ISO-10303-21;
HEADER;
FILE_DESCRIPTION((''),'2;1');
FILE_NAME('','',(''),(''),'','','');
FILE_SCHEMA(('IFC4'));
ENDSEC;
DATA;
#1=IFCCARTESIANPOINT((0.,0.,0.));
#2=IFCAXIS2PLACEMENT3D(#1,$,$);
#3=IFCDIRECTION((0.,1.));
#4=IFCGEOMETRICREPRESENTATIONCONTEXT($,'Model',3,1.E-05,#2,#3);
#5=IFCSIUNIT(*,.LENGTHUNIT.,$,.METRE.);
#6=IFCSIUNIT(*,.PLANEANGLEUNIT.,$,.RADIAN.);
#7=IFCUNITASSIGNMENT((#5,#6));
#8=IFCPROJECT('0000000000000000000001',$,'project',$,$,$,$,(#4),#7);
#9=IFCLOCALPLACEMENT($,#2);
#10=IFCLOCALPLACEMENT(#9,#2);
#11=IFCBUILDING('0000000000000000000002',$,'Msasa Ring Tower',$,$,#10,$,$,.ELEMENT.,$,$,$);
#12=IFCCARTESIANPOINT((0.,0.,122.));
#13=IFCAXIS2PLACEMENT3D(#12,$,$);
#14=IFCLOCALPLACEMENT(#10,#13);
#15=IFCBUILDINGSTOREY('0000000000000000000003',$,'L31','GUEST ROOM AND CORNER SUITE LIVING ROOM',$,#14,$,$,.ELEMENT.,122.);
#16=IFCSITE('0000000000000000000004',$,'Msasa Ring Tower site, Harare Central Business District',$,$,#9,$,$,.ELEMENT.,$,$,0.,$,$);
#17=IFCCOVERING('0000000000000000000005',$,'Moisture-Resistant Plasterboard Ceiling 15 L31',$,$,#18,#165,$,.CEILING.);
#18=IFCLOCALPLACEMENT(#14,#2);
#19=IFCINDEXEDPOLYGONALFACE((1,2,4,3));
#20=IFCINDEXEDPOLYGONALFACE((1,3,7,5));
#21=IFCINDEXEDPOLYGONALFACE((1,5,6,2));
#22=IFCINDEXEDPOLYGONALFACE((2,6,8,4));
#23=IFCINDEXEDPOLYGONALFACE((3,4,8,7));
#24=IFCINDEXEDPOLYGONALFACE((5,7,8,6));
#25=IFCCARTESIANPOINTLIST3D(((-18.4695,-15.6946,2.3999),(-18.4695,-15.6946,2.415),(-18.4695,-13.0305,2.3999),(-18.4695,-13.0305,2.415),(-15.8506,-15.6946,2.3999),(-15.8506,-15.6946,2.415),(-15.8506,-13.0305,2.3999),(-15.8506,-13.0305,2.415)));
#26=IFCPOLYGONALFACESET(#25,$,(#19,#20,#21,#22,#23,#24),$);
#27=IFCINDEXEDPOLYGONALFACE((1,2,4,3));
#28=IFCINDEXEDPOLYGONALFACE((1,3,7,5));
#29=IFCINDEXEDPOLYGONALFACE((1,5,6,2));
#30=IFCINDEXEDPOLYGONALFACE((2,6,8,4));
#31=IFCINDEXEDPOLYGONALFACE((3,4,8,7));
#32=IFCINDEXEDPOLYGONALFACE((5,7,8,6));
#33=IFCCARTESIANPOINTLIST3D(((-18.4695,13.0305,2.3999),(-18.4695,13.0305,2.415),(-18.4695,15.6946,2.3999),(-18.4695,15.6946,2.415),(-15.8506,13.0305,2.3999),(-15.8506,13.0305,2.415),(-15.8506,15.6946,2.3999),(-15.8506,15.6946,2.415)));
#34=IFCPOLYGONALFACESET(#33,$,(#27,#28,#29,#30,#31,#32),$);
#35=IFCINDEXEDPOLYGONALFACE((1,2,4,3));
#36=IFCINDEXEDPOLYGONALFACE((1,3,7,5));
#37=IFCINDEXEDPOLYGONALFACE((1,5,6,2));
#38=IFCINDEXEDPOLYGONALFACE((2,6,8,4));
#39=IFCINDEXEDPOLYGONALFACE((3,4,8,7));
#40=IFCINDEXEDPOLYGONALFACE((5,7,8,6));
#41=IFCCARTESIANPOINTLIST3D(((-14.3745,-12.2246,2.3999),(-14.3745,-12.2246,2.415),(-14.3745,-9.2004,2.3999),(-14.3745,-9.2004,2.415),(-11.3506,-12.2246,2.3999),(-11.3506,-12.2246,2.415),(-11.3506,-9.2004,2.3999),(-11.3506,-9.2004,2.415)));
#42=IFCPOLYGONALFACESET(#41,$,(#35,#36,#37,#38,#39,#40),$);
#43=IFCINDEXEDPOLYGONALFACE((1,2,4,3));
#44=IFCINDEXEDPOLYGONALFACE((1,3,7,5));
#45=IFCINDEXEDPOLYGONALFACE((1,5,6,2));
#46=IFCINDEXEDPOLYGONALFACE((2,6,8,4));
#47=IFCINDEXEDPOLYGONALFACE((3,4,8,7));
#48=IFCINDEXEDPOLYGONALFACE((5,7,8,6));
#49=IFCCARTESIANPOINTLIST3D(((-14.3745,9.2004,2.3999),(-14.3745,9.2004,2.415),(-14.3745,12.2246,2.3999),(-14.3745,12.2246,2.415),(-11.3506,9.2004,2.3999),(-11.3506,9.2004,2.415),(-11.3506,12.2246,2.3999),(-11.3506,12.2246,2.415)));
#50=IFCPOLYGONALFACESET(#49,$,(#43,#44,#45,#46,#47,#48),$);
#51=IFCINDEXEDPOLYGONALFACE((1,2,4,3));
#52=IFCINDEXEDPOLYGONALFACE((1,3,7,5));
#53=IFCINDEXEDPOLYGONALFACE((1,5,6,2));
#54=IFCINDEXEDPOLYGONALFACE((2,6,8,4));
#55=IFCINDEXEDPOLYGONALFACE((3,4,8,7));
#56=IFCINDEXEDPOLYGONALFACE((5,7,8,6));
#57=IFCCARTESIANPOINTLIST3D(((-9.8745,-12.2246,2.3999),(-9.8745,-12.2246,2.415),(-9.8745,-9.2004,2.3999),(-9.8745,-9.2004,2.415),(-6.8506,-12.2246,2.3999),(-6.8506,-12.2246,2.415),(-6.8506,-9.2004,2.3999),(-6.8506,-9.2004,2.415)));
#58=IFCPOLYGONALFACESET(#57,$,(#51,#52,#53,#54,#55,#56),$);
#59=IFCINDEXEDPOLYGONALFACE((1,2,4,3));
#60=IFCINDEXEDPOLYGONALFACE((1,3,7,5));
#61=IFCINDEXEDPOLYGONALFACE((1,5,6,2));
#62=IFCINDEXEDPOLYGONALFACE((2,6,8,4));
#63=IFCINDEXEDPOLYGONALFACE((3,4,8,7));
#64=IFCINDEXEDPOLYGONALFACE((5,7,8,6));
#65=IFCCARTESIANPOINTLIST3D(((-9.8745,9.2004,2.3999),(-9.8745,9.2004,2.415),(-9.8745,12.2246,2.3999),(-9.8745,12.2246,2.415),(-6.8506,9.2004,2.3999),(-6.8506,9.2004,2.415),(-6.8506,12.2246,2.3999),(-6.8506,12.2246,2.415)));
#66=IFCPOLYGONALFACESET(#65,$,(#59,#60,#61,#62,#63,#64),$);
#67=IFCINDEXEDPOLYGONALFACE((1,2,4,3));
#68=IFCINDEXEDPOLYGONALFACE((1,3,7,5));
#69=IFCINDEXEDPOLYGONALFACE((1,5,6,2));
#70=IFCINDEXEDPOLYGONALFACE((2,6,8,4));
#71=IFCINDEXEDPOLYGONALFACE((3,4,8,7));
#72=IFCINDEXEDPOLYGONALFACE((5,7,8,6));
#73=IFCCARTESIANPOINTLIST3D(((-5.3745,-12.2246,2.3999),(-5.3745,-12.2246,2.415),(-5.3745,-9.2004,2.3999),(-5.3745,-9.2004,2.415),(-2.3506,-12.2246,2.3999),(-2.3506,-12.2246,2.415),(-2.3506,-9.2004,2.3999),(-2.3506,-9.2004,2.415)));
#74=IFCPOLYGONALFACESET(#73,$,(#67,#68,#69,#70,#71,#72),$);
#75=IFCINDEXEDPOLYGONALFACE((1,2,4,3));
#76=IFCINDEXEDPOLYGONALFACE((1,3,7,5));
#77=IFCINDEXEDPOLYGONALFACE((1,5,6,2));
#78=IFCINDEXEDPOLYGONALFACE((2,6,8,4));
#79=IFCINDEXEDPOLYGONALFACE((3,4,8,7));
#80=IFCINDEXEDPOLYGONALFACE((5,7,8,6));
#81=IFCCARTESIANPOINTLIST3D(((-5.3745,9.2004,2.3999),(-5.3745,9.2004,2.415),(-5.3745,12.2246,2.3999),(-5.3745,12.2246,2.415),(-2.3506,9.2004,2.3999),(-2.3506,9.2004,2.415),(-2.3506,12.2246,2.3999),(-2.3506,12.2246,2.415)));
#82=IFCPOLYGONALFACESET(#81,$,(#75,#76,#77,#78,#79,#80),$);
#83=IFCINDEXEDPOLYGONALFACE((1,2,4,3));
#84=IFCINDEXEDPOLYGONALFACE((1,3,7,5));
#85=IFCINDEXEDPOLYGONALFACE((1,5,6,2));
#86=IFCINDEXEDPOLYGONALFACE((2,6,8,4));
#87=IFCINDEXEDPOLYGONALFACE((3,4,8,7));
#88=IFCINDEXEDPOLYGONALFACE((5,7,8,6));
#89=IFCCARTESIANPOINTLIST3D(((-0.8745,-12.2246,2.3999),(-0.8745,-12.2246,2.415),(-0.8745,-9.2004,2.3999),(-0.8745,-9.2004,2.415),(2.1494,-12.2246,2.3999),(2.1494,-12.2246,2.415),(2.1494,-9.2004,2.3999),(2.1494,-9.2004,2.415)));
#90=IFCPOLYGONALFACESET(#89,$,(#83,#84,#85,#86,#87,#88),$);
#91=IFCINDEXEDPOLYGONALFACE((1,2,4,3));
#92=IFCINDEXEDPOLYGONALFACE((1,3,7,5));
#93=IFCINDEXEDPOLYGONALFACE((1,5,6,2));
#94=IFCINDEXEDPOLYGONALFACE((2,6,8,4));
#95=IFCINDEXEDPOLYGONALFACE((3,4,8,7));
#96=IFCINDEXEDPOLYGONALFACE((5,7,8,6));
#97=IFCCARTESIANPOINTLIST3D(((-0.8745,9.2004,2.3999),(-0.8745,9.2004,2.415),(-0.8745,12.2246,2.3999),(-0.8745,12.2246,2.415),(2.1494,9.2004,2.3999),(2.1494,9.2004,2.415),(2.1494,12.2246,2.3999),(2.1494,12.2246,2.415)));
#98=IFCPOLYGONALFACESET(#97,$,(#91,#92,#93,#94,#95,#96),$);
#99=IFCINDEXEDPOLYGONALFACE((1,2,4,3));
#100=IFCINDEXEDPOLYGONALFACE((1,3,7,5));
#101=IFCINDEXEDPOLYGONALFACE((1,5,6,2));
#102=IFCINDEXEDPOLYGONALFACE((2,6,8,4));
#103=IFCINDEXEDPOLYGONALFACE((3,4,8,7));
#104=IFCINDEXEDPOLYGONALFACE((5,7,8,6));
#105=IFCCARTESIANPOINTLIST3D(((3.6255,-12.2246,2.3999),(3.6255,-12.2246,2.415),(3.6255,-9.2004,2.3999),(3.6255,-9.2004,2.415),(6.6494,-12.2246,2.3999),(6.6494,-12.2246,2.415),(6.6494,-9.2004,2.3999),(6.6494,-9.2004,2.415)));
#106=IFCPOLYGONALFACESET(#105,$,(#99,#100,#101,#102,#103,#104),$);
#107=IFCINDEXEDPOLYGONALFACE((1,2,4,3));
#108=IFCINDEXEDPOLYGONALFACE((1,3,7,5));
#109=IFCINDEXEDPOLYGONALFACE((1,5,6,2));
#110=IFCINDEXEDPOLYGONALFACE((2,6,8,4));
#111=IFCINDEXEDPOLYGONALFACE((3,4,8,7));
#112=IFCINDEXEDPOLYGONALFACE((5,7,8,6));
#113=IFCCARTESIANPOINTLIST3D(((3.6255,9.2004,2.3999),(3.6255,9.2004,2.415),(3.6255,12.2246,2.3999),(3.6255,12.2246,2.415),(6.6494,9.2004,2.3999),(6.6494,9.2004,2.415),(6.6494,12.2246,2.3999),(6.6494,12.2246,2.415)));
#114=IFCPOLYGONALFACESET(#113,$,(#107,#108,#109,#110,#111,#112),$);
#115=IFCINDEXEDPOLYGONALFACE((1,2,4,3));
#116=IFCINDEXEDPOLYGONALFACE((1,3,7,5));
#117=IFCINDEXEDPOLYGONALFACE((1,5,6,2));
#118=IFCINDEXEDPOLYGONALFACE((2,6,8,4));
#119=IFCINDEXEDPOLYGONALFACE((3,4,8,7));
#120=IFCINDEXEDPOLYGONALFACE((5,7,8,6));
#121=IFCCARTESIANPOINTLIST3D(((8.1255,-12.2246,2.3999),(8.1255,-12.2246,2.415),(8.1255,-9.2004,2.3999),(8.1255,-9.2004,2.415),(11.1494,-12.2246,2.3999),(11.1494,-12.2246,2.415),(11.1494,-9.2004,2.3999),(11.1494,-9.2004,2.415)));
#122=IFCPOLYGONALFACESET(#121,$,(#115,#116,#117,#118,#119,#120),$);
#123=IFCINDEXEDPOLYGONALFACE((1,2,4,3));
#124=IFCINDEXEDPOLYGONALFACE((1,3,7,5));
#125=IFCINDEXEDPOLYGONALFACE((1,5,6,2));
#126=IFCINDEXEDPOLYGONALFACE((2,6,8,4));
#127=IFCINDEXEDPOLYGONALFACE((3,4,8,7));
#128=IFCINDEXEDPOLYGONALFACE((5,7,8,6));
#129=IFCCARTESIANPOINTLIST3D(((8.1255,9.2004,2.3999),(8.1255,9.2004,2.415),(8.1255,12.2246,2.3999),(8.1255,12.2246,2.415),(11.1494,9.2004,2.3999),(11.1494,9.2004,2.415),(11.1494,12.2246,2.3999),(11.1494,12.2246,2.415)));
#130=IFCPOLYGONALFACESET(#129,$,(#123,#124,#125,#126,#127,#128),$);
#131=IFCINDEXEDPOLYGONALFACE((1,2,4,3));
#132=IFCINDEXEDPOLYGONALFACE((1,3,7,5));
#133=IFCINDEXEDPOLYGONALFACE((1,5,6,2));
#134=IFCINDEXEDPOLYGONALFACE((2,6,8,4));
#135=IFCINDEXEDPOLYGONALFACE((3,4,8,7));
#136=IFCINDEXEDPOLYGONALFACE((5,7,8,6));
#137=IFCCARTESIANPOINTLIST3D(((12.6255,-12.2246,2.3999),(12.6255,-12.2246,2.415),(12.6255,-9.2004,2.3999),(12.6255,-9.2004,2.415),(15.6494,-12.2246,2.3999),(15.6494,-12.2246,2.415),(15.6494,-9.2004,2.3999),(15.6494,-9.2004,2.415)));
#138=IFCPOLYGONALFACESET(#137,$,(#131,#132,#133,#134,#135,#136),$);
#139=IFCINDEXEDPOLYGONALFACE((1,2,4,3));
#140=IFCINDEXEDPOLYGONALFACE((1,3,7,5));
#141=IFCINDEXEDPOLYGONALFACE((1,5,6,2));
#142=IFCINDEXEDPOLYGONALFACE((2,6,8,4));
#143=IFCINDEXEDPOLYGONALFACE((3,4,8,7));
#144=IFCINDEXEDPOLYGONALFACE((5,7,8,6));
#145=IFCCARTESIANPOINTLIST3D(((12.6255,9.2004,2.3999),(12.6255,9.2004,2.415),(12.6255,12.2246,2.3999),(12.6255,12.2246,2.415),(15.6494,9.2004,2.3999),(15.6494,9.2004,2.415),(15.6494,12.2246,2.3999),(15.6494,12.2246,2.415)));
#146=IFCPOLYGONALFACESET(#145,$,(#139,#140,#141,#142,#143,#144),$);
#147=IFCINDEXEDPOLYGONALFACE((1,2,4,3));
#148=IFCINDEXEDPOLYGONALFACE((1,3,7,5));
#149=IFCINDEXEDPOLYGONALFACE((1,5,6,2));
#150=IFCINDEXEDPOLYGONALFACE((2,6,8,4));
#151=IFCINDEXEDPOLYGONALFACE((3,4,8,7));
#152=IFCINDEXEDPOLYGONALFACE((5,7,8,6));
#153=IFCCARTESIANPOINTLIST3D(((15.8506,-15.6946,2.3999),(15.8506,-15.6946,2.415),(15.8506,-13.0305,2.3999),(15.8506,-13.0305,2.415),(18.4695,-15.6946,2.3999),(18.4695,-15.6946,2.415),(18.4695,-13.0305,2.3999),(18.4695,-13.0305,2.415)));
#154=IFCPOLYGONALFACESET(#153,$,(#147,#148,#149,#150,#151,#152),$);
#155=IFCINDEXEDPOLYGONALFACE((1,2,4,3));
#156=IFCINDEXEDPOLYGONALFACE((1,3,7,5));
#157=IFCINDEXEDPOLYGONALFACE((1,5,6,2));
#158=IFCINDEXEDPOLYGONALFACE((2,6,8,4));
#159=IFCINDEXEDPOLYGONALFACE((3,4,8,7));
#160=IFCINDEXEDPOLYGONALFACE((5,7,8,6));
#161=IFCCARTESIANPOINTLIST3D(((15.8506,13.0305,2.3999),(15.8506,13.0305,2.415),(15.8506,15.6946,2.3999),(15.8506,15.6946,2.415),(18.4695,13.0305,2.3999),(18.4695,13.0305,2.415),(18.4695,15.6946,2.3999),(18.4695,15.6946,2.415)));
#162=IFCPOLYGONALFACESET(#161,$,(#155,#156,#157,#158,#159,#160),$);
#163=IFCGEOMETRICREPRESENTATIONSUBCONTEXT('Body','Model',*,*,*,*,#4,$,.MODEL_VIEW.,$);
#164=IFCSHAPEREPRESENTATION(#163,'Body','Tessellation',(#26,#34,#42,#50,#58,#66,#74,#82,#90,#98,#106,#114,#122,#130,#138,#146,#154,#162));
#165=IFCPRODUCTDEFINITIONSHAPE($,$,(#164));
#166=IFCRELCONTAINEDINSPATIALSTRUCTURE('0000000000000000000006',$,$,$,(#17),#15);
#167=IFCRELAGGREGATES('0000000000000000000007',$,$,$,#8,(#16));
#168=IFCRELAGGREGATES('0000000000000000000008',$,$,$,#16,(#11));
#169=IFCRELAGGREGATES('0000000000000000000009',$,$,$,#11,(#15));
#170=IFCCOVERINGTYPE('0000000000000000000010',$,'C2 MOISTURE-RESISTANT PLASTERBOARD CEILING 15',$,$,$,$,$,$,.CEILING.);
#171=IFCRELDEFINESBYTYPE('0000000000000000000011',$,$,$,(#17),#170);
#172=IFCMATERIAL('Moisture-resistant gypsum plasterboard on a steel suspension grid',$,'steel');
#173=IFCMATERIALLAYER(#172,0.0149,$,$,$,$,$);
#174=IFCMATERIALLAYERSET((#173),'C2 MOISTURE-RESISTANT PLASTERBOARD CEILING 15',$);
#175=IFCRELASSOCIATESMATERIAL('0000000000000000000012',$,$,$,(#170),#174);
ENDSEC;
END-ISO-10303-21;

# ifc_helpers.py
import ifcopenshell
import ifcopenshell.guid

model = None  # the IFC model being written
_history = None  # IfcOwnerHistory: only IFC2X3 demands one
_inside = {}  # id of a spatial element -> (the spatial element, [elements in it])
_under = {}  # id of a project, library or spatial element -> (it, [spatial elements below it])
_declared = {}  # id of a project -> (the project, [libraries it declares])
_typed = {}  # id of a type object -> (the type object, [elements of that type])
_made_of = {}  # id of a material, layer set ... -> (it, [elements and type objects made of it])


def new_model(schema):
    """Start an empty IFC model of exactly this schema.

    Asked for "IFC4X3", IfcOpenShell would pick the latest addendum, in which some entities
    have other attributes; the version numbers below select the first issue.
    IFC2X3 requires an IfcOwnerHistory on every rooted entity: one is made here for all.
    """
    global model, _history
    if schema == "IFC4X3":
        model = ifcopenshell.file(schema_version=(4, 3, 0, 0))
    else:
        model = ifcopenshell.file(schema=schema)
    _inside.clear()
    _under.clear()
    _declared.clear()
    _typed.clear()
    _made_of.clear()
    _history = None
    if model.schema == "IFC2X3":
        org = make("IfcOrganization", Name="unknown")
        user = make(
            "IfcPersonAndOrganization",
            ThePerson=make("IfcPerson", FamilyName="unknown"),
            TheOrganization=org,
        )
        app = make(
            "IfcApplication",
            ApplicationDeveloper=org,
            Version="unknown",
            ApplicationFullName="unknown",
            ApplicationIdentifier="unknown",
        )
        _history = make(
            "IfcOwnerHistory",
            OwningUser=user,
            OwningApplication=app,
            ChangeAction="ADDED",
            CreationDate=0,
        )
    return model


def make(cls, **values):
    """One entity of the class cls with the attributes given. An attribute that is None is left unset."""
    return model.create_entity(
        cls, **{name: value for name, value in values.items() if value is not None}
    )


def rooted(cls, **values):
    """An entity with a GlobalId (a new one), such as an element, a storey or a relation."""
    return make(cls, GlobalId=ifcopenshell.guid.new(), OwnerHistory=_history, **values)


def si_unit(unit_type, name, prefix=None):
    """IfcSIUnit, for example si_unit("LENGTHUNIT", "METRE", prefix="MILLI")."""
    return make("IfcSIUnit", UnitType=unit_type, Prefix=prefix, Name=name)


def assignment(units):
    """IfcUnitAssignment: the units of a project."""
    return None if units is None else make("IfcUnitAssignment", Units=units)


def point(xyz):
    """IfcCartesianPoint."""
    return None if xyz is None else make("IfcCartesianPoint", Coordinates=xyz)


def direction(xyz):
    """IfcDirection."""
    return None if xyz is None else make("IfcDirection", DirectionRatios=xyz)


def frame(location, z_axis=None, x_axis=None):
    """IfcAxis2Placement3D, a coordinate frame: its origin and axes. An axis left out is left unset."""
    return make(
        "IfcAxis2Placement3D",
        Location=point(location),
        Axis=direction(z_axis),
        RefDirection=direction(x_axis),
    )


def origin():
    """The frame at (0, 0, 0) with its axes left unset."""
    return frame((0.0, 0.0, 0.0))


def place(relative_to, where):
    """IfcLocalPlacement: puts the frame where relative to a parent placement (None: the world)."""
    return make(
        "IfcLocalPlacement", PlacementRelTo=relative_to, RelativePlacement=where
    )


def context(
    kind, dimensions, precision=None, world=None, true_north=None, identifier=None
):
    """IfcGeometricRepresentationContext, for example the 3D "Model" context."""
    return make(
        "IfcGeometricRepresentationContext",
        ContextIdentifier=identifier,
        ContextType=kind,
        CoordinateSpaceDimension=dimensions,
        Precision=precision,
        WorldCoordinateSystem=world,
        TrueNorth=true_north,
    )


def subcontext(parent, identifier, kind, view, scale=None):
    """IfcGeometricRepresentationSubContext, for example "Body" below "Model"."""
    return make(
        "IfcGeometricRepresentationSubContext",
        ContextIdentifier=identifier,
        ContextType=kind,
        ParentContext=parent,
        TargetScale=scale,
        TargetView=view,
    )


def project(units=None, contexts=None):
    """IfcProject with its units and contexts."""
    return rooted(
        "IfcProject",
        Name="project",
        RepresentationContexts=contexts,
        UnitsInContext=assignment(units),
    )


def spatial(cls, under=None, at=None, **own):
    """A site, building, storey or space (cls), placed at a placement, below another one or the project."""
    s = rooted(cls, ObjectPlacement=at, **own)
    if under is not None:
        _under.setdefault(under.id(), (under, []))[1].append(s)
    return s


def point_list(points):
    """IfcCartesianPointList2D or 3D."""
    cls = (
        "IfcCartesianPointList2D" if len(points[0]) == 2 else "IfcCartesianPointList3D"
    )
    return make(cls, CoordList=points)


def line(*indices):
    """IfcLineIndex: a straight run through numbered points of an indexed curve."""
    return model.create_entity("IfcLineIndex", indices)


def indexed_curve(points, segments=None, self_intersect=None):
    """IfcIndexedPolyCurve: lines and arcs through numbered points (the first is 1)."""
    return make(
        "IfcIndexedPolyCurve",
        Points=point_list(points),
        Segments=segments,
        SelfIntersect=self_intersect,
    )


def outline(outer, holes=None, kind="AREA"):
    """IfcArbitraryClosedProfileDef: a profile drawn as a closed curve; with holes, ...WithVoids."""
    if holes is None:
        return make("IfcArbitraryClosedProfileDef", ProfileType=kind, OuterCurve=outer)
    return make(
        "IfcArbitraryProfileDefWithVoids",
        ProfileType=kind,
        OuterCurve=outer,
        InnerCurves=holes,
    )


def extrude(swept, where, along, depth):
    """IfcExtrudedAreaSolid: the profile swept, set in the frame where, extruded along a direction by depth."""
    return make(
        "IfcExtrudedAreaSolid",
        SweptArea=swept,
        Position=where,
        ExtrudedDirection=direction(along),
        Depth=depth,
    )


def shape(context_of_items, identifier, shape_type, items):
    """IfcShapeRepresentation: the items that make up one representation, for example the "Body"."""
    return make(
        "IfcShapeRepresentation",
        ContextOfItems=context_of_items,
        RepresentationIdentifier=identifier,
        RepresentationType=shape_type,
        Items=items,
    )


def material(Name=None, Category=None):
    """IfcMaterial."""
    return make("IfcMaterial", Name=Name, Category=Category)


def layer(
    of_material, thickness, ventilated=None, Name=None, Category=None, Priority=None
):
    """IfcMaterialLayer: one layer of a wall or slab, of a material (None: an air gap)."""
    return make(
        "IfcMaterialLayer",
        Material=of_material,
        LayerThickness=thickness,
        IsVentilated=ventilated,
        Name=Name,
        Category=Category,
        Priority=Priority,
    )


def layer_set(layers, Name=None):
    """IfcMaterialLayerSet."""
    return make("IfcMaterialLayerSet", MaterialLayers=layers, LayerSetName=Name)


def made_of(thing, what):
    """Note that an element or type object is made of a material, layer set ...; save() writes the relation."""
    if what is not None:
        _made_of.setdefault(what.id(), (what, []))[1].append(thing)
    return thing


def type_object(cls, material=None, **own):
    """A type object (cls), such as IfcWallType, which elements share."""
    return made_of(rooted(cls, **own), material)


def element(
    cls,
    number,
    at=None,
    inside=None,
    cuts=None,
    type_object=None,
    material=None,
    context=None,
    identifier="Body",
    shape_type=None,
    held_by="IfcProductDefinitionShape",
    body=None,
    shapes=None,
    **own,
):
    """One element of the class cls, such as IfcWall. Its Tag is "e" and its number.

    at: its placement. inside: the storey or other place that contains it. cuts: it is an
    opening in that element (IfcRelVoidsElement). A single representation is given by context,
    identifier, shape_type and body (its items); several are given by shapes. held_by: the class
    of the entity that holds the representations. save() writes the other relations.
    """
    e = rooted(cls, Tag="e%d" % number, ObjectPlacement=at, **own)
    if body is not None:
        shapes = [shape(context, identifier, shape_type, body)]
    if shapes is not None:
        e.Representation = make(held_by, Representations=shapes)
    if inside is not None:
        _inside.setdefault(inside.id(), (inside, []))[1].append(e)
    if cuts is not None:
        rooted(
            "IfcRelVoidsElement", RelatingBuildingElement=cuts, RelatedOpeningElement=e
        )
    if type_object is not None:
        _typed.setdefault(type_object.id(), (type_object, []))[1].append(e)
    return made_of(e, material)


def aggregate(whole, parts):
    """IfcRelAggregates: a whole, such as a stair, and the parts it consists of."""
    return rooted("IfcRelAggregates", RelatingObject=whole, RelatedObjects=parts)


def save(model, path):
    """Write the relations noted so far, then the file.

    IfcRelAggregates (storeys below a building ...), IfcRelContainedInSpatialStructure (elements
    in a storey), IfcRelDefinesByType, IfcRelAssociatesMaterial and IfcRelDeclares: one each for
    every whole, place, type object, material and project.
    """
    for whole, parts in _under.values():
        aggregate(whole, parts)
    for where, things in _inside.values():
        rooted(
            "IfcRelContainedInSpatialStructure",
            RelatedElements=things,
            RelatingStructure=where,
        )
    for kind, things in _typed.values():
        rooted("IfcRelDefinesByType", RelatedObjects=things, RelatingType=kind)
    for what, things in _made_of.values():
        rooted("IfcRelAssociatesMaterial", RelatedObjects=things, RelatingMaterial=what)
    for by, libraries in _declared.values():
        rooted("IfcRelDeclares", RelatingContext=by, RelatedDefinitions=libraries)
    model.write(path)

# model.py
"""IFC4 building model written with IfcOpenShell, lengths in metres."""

from ifc_helpers import new_model, si_unit, direction, frame, origin, place, context, subcontext, project, spatial, line, indexed_curve, outline, extrude, material, layer, layer_set, type_object, element, save


model = new_model("IFC4")

# Units and contexts
model_context = context("Model", 3, precision=1e-05, world=origin(), true_north=direction((0.0, 1.0)))
body_context = subcontext(model_context, "Body", "Model", "MODEL_VIEW")
ifc_project = project(units=[si_unit("LENGTHUNIT", "METRE"), si_unit("PLANEANGLEUNIT", "RADIAN")], contexts=[model_context])

# Site, building, storey
site_placement = place(None, origin())
site = spatial("IfcSite", under=ifc_project, at=site_placement, Name="Msasa Ring Tower site, Harare Central Business District", CompositionType="ELEMENT", RefElevation=0.0)
building_placement = place(site_placement, origin())
building = spatial("IfcBuilding", under=site, at=building_placement, Name="Msasa Ring Tower", CompositionType="ELEMENT")
storey_placement = place(building_placement, frame((0.0, 0.0, 122.0)))
storey = spatial("IfcBuildingStorey", under=building, at=storey_placement, Name="L31", Description="GUEST ROOM AND CORNER SUITE LIVING ROOM", CompositionType="ELEMENT", Elevation=122.0)

# Covering
ifc_material_1 = material(Name="Moisture-resistant gypsum plasterboard on a steel suspension grid", Category="steel")
ifc_layer_1 = layer(ifc_material_1, 0.0149)
ifc_layer_set_1 = layer_set([ifc_layer_1], Name="C2 MOISTURE-RESISTANT PLASTERBOARD CEILING 15")
covering_type_1 = type_object("IfcCoveringType", Name="C2 MOISTURE-RESISTANT PLASTERBOARD CEILING 15", PredefinedType="CEILING", material=ifc_layer_set_1)
covering_1_placement = place(storey_placement, frame((0.0, 0.0, 2.3999)))
element("IfcCovering", 1, at=covering_1_placement, inside=storey, type_object=covering_type_1, Name="Moisture-Resistant Plasterboard Ceiling 15 L31", PredefinedType="CEILING", context=body_context, shape_type="SweptSolid", body=[
    extrude(outline(indexed_curve([(-18.4695, -13.0305), (-15.8506, -13.0305), (-15.8506, -15.6946), (-18.4695, -15.6946)], segments=[line(1, 2, 3, 4, 1)], self_intersect=False)), origin(), (0.0, 0.0, 1.0), 0.0151),
    extrude(outline(indexed_curve([(-15.8506, 15.6946), (-15.8506, 13.0305), (-18.4695, 13.0305), (-18.4695, 15.6946)], segments=[line(1, 2, 3, 4, 1)], self_intersect=False)), origin(), (0.0, 0.0, 1.0), 0.0151),
    extrude(outline(indexed_curve([(-11.3506, -9.2004), (-11.3506, -12.2246), (-14.3745, -12.2246), (-14.3745, -9.2004)], segments=[line(1, 2, 3, 4, 1)], self_intersect=False)), origin(), (0.0, 0.0, 1.0), 0.0151),
    extrude(outline(indexed_curve([(-11.3506, 9.2004), (-14.3745, 9.2004), (-14.3745, 12.2246), (-11.3506, 12.2246)], segments=[line(1, 2, 3, 4, 1)], self_intersect=False)), origin(), (0.0, 0.0, 1.0), 0.0151),
    extrude(outline(indexed_curve([(-6.8506, -9.2004), (-6.8506, -12.2246), (-9.8745, -12.2246), (-9.8745, -9.2004)], segments=[line(1, 2, 3, 4, 1)], self_intersect=False)), origin(), (0.0, 0.0, 1.0), 0.0151),
    extrude(outline(indexed_curve([(-6.8506, 9.2004), (-9.8745, 9.2004), (-9.8745, 12.2246), (-6.8506, 12.2246)], segments=[line(1, 2, 3, 4, 1)], self_intersect=False)), origin(), (0.0, 0.0, 1.0), 0.0151),
    extrude(outline(indexed_curve([(-2.3506, -9.2004), (-2.3506, -12.2246), (-5.3745, -12.2246), (-5.3745, -9.2004)], segments=[line(1, 2, 3, 4, 1)], self_intersect=False)), origin(), (0.0, 0.0, 1.0), 0.0151),
    extrude(outline(indexed_curve([(-2.3506, 9.2004), (-5.3745, 9.2004), (-5.3745, 12.2246), (-2.3506, 12.2246)], segments=[line(1, 2, 3, 4, 1)], self_intersect=False)), origin(), (0.0, 0.0, 1.0), 0.0151),
    extrude(outline(indexed_curve([(2.1494, -9.2004), (2.1494, -12.2246), (-0.8745, -12.2246), (-0.8745, -9.2004)], segments=[line(1, 2, 3, 4, 1)], self_intersect=False)), origin(), (0.0, 0.0, 1.0), 0.0151),
    extrude(outline(indexed_curve([(2.1494, 9.2004), (-0.8745, 9.2004), (-0.8745, 12.2246), (2.1494, 12.2246)], segments=[line(1, 2, 3, 4, 1)], self_intersect=False)), origin(), (0.0, 0.0, 1.0), 0.0151),
    extrude(outline(indexed_curve([(6.6494, -9.2004), (6.6494, -12.2246), (3.6255, -12.2246), (3.6255, -9.2004)], segments=[line(1, 2, 3, 4, 1)], self_intersect=False)), origin(), (0.0, 0.0, 1.0), 0.0151),
    extrude(outline(indexed_curve([(6.6494, 9.2004), (3.6255, 9.2004), (3.6255, 12.2246), (6.6494, 12.2246)], segments=[line(1, 2, 3, 4, 1)], self_intersect=False)), origin(), (0.0, 0.0, 1.0), 0.0151),
    extrude(outline(indexed_curve([(11.1494, -9.2004), (11.1494, -12.2246), (8.1255, -12.2246), (8.1255, -9.2004)], segments=[line(1, 2, 3, 4, 1)], self_intersect=False)), origin(), (0.0, 0.0, 1.0), 0.0151),
    extrude(outline(indexed_curve([(11.1494, 9.2004), (8.1255, 9.2004), (8.1255, 12.2246), (11.1494, 12.2246)], segments=[line(1, 2, 3, 4, 1)], self_intersect=False)), origin(), (0.0, 0.0, 1.0), 0.0151),
    extrude(outline(indexed_curve([(15.6494, -9.2004), (15.6494, -12.2246), (12.6255, -12.2246), (12.6255, -9.2004)], segments=[line(1, 2, 3, 4, 1)], self_intersect=False)), origin(), (0.0, 0.0, 1.0), 0.0151),
    extrude(outline(indexed_curve([(15.6494, 9.2004), (12.6255, 9.2004), (12.6255, 12.2246), (15.6494, 12.2246)], segments=[line(1, 2, 3, 4, 1)], self_intersect=False)), origin(), (0.0, 0.0, 1.0), 0.0151),
    extrude(outline(indexed_curve([(15.8506, -13.0305), (18.4695, -13.0305), (18.4695, -15.6946), (15.8506, -15.6946)], segments=[line(1, 2, 3, 4, 1)], self_intersect=False)), origin(), (0.0, 0.0, 1.0), 0.0151),
    extrude(outline(indexed_curve([(18.4695, 15.6946), (18.4695, 13.0305), (15.8506, 13.0305), (15.8506, 15.6946)], segments=[line(1, 2, 3, 4, 1)], self_intersect=False)), origin(), (0.0, 0.0, 1.0), 0.0151),
])

save(model, "model.ifc")
